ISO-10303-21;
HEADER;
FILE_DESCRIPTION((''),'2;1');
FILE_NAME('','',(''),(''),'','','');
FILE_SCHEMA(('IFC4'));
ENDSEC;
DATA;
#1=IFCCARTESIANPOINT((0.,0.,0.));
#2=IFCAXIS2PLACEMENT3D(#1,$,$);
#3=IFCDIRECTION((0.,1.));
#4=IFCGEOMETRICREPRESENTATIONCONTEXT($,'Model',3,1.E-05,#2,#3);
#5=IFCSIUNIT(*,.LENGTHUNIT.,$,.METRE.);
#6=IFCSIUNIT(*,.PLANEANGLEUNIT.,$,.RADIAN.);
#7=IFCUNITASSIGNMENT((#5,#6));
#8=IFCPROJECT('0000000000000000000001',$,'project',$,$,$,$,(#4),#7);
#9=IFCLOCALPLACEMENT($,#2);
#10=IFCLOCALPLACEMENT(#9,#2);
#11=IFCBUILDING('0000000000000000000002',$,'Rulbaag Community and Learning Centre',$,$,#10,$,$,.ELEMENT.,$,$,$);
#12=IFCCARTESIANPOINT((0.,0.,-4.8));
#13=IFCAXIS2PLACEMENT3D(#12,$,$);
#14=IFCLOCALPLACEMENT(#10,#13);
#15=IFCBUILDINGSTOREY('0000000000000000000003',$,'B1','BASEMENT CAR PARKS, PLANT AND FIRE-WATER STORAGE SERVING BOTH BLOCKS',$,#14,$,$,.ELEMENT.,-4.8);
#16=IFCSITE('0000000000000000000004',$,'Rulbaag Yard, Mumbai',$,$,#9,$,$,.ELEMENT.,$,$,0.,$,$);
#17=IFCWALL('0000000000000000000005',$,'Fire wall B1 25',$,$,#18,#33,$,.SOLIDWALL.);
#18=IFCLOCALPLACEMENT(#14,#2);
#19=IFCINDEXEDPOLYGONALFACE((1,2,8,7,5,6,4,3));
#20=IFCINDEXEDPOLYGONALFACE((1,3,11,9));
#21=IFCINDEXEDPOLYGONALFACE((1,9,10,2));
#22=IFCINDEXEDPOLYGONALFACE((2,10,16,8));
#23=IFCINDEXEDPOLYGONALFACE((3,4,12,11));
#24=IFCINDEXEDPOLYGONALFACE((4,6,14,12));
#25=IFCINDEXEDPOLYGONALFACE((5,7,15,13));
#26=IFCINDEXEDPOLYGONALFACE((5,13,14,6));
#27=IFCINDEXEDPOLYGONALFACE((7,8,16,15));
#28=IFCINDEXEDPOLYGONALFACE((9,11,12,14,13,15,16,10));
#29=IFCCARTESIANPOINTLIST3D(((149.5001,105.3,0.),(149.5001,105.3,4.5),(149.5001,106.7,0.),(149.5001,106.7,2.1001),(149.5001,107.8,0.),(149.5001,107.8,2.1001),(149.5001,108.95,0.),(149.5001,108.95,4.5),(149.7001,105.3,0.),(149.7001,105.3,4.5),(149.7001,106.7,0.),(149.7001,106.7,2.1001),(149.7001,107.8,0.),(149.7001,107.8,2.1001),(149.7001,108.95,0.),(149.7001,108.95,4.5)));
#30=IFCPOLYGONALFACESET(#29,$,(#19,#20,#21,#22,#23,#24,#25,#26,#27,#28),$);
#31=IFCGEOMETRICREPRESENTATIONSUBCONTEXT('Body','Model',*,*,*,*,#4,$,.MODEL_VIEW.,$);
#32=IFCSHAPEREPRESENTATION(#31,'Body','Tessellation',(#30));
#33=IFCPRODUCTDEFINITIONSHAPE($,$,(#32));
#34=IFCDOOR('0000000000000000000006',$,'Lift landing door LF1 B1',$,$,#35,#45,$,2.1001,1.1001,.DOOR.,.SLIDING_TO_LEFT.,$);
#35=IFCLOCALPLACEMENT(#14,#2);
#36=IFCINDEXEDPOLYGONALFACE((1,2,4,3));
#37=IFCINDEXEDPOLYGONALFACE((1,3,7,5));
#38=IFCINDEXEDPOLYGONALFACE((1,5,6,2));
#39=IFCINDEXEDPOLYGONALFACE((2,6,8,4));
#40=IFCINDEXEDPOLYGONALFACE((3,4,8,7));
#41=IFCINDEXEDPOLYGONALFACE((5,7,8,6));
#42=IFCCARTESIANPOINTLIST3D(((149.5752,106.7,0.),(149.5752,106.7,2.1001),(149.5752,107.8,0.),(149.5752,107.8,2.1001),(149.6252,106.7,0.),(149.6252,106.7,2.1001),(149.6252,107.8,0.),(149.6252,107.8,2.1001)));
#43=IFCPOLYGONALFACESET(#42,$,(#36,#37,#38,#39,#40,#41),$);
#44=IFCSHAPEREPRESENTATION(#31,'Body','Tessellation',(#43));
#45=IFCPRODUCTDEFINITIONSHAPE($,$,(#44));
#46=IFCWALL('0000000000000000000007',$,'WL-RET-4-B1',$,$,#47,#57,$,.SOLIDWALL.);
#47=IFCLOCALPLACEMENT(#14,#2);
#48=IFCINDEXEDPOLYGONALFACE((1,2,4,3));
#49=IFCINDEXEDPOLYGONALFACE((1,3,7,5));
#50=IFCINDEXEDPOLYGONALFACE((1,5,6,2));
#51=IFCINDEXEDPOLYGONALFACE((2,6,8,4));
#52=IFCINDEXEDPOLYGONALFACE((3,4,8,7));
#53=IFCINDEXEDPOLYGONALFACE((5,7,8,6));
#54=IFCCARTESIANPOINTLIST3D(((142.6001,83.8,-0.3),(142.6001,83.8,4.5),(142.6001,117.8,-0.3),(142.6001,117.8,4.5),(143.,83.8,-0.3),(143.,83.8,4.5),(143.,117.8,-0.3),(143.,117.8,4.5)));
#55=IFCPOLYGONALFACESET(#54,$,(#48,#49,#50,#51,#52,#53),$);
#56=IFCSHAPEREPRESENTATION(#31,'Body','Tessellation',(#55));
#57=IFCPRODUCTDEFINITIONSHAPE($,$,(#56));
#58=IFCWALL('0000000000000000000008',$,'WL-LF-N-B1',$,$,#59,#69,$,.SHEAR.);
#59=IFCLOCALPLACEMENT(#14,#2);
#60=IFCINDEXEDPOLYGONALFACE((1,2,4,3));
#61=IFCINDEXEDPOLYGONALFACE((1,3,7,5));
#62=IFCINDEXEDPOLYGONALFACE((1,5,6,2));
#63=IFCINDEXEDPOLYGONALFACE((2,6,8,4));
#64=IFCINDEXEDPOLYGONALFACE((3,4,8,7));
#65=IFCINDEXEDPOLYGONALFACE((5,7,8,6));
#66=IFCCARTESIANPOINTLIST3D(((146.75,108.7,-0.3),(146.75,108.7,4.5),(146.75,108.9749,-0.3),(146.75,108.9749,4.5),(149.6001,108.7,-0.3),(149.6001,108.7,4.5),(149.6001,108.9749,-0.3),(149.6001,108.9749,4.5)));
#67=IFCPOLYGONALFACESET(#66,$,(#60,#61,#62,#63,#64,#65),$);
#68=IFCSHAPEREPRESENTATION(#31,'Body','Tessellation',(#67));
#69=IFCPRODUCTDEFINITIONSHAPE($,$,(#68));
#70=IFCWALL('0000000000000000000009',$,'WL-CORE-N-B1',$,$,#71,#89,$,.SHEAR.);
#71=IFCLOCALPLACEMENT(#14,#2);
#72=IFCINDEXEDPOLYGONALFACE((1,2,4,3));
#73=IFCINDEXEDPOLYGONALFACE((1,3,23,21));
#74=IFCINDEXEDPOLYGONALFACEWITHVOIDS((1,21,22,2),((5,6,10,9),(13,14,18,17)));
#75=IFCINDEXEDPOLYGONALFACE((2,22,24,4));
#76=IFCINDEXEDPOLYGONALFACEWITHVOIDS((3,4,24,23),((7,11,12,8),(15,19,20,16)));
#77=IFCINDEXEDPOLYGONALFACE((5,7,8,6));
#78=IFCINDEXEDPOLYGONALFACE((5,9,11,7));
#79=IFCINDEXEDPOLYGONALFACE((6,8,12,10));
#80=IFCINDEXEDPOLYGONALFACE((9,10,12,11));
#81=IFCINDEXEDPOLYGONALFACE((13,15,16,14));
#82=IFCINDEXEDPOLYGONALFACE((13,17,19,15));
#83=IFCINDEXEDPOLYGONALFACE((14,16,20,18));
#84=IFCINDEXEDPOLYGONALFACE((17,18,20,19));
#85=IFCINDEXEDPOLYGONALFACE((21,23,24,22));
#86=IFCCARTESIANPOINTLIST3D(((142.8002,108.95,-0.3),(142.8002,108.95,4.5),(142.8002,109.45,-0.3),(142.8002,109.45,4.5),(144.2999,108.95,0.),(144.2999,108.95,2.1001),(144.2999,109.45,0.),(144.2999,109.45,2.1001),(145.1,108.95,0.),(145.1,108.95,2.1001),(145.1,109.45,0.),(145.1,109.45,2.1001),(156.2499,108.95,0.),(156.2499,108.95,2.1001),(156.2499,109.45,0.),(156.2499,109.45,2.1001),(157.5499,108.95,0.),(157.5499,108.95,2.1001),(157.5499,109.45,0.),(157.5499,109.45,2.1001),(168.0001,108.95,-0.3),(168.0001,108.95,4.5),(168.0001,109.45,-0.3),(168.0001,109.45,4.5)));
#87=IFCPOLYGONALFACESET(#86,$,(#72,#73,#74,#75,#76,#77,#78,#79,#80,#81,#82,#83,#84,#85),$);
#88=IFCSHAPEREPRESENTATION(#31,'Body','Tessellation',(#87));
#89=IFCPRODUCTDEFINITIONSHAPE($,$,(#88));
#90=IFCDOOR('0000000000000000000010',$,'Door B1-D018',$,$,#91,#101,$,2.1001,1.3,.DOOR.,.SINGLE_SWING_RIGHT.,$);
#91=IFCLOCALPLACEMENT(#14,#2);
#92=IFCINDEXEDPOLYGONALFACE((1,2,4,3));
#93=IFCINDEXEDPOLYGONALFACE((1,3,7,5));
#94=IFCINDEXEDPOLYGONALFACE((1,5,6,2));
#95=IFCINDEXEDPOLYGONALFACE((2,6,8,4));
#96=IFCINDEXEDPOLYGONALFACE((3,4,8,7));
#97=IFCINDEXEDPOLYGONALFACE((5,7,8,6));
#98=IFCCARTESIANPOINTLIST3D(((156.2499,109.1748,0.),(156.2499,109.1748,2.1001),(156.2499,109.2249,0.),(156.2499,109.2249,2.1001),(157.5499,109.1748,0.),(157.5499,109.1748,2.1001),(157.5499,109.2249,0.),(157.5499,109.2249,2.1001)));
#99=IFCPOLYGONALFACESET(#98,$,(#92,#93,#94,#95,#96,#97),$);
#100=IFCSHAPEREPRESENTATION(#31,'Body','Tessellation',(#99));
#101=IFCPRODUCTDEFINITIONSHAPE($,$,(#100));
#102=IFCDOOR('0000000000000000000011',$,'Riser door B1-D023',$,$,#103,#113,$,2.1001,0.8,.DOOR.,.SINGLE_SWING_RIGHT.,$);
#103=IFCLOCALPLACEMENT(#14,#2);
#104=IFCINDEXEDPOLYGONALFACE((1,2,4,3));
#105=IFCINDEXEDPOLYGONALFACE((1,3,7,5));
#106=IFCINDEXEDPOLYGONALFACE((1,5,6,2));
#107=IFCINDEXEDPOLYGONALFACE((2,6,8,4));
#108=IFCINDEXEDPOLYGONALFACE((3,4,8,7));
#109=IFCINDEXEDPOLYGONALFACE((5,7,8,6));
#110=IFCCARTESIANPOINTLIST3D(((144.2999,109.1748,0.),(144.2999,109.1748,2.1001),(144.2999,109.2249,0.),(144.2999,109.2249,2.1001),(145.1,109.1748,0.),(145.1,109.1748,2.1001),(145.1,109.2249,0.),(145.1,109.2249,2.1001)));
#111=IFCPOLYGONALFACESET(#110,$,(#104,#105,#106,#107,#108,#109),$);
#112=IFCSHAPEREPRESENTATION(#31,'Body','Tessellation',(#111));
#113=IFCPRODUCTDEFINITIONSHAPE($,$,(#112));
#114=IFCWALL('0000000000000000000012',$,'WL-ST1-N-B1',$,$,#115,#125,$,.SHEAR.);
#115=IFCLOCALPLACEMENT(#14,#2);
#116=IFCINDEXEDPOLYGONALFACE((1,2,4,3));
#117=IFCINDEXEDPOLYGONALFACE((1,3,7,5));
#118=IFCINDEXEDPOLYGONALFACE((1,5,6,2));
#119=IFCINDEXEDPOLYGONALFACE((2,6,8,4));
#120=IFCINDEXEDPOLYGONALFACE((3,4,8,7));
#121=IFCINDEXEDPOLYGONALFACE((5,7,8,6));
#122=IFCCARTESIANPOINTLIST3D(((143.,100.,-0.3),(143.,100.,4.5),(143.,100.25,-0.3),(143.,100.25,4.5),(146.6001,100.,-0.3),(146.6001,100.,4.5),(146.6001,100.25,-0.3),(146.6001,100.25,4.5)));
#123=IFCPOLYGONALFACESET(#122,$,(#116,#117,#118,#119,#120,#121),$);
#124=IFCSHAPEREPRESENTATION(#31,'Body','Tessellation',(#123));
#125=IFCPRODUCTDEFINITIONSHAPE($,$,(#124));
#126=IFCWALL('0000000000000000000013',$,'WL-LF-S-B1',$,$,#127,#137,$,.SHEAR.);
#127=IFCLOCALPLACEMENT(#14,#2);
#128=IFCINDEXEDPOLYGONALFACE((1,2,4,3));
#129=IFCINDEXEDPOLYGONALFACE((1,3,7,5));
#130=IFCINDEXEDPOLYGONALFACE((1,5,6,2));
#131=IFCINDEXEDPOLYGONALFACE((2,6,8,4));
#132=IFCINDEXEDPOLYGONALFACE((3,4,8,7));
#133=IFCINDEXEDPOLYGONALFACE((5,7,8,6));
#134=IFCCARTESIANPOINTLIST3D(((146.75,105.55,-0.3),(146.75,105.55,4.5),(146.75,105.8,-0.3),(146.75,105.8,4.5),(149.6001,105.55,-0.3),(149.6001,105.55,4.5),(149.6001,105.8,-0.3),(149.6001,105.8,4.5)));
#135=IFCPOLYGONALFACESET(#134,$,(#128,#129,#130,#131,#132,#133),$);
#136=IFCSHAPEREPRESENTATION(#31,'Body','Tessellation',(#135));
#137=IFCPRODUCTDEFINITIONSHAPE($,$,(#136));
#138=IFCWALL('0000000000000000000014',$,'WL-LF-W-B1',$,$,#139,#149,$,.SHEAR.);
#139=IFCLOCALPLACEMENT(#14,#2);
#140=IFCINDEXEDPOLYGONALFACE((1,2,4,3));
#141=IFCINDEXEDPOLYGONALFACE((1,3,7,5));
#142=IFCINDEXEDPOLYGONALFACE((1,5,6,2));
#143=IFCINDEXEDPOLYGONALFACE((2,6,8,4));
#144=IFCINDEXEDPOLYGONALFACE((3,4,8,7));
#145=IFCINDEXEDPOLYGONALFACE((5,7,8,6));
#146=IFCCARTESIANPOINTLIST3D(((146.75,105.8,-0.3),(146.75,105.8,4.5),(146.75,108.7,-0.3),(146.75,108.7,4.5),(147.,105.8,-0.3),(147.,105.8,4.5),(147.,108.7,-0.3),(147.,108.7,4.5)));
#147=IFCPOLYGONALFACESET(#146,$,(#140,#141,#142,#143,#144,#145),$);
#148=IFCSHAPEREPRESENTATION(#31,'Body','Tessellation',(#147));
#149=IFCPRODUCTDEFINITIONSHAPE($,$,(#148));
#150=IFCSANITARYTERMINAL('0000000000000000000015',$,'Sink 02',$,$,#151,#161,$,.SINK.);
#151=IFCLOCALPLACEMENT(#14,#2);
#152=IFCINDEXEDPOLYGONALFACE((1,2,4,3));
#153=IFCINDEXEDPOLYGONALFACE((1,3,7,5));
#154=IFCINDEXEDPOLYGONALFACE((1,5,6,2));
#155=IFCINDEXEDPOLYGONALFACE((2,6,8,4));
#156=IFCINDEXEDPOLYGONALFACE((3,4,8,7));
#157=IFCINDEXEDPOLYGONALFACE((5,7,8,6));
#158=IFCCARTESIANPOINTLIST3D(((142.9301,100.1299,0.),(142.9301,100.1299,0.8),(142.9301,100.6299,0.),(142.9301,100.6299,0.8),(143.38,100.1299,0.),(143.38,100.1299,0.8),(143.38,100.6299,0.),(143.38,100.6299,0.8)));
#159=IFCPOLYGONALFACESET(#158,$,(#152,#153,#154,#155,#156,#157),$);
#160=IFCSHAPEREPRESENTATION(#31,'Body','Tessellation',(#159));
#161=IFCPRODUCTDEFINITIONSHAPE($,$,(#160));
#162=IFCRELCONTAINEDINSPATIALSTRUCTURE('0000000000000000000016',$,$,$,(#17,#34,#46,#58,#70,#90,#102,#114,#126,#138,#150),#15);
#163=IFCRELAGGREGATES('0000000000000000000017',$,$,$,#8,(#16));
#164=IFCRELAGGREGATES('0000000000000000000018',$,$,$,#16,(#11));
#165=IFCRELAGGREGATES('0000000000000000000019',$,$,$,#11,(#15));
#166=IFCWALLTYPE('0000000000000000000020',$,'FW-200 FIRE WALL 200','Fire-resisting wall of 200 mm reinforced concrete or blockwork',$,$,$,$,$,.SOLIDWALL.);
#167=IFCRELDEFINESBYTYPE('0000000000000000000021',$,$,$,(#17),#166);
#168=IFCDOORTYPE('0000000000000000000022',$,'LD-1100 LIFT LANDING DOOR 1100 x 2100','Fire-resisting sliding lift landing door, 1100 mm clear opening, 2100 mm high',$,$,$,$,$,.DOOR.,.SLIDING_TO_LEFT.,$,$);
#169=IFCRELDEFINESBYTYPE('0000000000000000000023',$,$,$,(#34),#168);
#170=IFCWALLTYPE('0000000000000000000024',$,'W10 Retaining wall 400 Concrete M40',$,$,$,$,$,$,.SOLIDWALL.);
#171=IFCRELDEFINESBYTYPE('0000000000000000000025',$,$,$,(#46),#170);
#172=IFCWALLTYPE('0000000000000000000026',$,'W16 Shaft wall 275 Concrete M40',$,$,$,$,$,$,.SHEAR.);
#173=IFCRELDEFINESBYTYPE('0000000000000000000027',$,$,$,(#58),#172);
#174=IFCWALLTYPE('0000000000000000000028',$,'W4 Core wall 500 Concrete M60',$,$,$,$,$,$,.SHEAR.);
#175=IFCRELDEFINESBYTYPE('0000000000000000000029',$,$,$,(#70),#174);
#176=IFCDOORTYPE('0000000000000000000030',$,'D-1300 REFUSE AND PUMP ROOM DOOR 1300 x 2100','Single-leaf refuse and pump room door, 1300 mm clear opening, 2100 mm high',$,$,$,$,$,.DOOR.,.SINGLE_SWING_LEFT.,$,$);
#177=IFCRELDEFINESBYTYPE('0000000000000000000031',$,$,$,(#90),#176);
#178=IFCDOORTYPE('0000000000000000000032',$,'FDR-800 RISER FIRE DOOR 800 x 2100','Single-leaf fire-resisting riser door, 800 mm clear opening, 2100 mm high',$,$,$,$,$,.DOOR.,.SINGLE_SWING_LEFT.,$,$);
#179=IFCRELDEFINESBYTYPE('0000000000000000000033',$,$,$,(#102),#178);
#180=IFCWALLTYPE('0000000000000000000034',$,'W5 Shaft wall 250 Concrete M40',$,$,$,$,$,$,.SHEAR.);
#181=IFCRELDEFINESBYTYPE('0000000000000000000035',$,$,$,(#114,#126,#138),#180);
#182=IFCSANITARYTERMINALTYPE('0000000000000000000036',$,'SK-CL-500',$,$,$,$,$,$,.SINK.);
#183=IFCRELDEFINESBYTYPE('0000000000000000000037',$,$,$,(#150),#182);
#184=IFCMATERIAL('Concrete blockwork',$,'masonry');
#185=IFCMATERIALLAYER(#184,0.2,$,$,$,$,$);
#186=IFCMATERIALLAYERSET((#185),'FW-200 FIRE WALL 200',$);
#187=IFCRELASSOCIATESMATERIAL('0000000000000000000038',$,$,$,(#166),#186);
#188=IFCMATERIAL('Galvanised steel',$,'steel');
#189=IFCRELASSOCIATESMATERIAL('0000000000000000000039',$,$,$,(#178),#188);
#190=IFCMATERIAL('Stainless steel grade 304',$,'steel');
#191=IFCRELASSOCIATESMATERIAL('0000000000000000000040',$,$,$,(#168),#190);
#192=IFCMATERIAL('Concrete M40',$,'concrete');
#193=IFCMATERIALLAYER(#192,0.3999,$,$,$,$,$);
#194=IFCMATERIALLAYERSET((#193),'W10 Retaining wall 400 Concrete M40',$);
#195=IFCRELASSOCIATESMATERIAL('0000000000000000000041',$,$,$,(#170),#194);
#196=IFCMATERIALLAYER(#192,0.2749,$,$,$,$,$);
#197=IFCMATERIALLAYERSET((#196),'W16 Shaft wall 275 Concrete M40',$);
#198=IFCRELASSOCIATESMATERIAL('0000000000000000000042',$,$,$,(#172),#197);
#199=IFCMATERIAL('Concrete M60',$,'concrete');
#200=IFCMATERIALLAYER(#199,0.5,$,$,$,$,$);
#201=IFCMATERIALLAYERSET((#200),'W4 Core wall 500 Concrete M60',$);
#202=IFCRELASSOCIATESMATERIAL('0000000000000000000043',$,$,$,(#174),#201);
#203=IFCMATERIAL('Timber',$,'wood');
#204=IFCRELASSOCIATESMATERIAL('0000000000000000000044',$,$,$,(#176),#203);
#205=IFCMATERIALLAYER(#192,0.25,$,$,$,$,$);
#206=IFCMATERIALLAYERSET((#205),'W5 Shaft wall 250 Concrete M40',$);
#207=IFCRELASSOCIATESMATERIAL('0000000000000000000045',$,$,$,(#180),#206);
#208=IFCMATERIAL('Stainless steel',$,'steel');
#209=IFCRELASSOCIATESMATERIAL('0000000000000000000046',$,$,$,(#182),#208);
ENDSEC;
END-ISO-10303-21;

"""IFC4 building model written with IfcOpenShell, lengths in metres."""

from ifc_helpers import new_model, si_unit, direction, frame, frame_2d, origin, origin_2d, place, context, subcontext, project, spatial, rectangle, extrude, material, layer, layer_set, type_object, element, fill, save


model = new_model("IFC4")

# Units and contexts
model_context = context("Model", 3, precision=1e-05, world=origin(), true_north=direction((0.0, 1.0)))
body_context = subcontext(model_context, "Body", "Model", "MODEL_VIEW")
ifc_project = project(units=[si_unit("LENGTHUNIT", "METRE"), si_unit("PLANEANGLEUNIT", "RADIAN")], contexts=[model_context])

# Site, building, storey
site_placement = place(None, origin())
site = spatial("IfcSite", under=ifc_project, at=site_placement, Name="Rulbaag Yard, Mumbai", CompositionType="ELEMENT", RefElevation=0.0)
building_placement = place(site_placement, origin())
building = spatial("IfcBuilding", under=site, at=building_placement, Name="Rulbaag Community and Learning Centre", CompositionType="ELEMENT")
storey_placement = place(building_placement, frame((0.0, 0.0, -4.8)))
storey = spatial("IfcBuildingStorey", under=building, at=storey_placement, Name="B1", Description="BASEMENT CAR PARKS, PLANT AND FIRE-WATER STORAGE SERVING BOTH BLOCKS", CompositionType="ELEMENT", Elevation=-4.8)

# Shared definitions
ifc_material_1 = material(Name="Concrete M60", Category="concrete")

# Shared definitions
ifc_material_2 = material(Name="Concrete M40", Category="concrete")

# Shared definitions
ifc_material_3 = material(Name="Concrete blockwork", Category="masonry")
ifc_layer_1 = layer(ifc_material_3, 0.2)
ifc_layer_set_1 = layer_set([ifc_layer_1], Name="FW-200 FIRE WALL 200")
wall_type_1 = type_object("IfcWallType", Name="FW-200 FIRE WALL 200", Description="Fire-resisting wall of 200 mm reinforced concrete or blockwork", PredefinedType="SOLIDWALL", material=ifc_layer_set_1)

# Shared definitions
ifc_material_4 = material(Name="Galvanised steel", Category="steel")
door_type_1 = type_object("IfcDoorType", Name="FDR-800 RISER FIRE DOOR 800 x 2100", Description="Single-leaf fire-resisting riser door, 800 mm clear opening, 2100 mm high", OperationType="SINGLE_SWING_LEFT", PredefinedType="DOOR", material=ifc_material_4)

# Wall, opening, door
wall_1_placement = place(storey_placement, frame((149.6001, 105.3, 0.0), z_axis=(0.0, 0.0, 1.0), x_axis=(0.0, 1.0, 0.0)))
wall_1 = element("IfcWall", 1, at=wall_1_placement, inside=storey, type_object=wall_type_1, Name="Fire wall B1 25", PredefinedType="SOLIDWALL", context=body_context, shape_type="SweptSolid", body=[
    extrude(rectangle(XDim=3.6499, YDim=0.2, at=frame_2d((1.825, 0.0))), origin(), (0.0, 0.0, 1.0), 4.5),
])
opening_1_placement = place(wall_1_placement, frame((1.3999, 0.0, 0.0)))
opening_1 = element("IfcOpeningElement", 2, at=opening_1_placement, cuts=wall_1, PredefinedType="OPENING", context=body_context, shape_type="SweptSolid", body=[
    extrude(rectangle(XDim=1.1001, YDim=2.1001, at=frame_2d((0.55, 1.05))), frame((0.0, 0.1099, 0.0), z_axis=(0.0, -1.0, 0.0), x_axis=(1.0, 0.0, 0.0)), (0.0, 0.0, 1.0), 0.22),
])
ifc_material_5 = material(Name="Stainless steel grade 304", Category="steel")
door_type_2 = type_object("IfcDoorType", Name="LD-1100 LIFT LANDING DOOR 1100 x 2100", Description="Fire-resisting sliding lift landing door, 1100 mm clear opening, 2100 mm high", OperationType="SLIDING_TO_LEFT", PredefinedType="DOOR", material=ifc_material_5)
door_1_placement = place(opening_1_placement, origin())
door_1 = element("IfcDoor", 3, at=door_1_placement, inside=storey, type_object=door_type_2, Name="Lift landing door LF1 B1", OperationType="SLIDING_TO_LEFT", OverallHeight=2.1001, OverallWidth=1.1001, PredefinedType="DOOR", context=body_context, shape_type="SweptSolid", body=[
    extrude(rectangle(XDim=1.1001, YDim=2.1001, at=frame_2d((0.55, 1.05))), frame((0.0, 0.0249, 0.0), z_axis=(0.0, -1.0, 0.0), x_axis=(1.0, 0.0, 0.0)), (0.0, 0.0, 1.0), 0.05),
])
fill(opening_1, door_1)

# Walls
ifc_layer_2 = layer(ifc_material_2, 0.3999)
ifc_layer_set_2 = layer_set([ifc_layer_2], Name="W10 Retaining wall 400 Concrete M40")
wall_type_2 = type_object("IfcWallType", Name="W10 Retaining wall 400 Concrete M40", PredefinedType="SOLIDWALL", material=ifc_layer_set_2)
wall_2_placement = place(storey_placement, frame((142.8, 117.8, -0.3), z_axis=(0.0, 0.0, 1.0), x_axis=(0.0, -1.0, 0.0)))
element("IfcWall", 4, at=wall_2_placement, inside=storey, type_object=wall_type_2, Name="WL-RET-4-B1", PredefinedType="SOLIDWALL", context=body_context, shape_type="SweptSolid", body=[
    extrude(rectangle(XDim=34.0, YDim=0.3999, at=frame_2d((17.0, 0.0))), origin(), (0.0, 0.0, 1.0), 4.8),
])
ifc_layer_3 = layer(ifc_material_2, 0.2749)
ifc_layer_set_3 = layer_set([ifc_layer_3], Name="W16 Shaft wall 275 Concrete M40")
wall_type_3 = type_object("IfcWallType", Name="W16 Shaft wall 275 Concrete M40", PredefinedType="SHEAR", material=ifc_layer_set_3)
wall_3_placement = place(storey_placement, frame((146.75, 108.8374, -0.3), z_axis=(0.0, 0.0, 1.0), x_axis=(1.0, 0.0, 0.0)))
element("IfcWall", 5, at=wall_3_placement, inside=storey, type_object=wall_type_3, Name="WL-LF-N-B1", PredefinedType="SHEAR", context=body_context, shape_type="SweptSolid", body=[
    extrude(rectangle(XDim=2.8501, YDim=0.2749, at=frame_2d((1.425, 0.0))), origin(), (0.0, 0.0, 1.0), 4.8),
])

# Wall, openings, doors
ifc_layer_4 = layer(ifc_material_1, 0.5)
ifc_layer_set_4 = layer_set([ifc_layer_4], Name="W4 Core wall 500 Concrete M60")
wall_type_4 = type_object("IfcWallType", Name="W4 Core wall 500 Concrete M60", PredefinedType="SHEAR", material=ifc_layer_set_4)
wall_4_placement = place(storey_placement, frame((142.8, 109.2, -0.3), z_axis=(0.0, 0.0, 1.0), x_axis=(1.0, 0.0, 0.0)))
wall_4 = element("IfcWall", 6, at=wall_4_placement, inside=storey, type_object=wall_type_4, Name="WL-CORE-N-B1", PredefinedType="SHEAR", context=body_context, shape_type="SweptSolid", body=[
    extrude(rectangle(XDim=25.2, YDim=0.5, at=frame_2d((12.6001, 0.0))), origin(), (0.0, 0.0, 1.0), 4.8),
])
opening_2_placement = place(wall_4_placement, frame((13.45, 0.0, 0.3)))
opening_2 = element("IfcOpeningElement", 7, at=opening_2_placement, cuts=wall_4, PredefinedType="OPENING", context=body_context, shape_type="SweptSolid", body=[
    extrude(rectangle(XDim=1.3, YDim=2.1001, at=frame_2d((0.6499, 1.05))), frame((0.0, 0.26, 0.0), z_axis=(0.0, -1.0, 0.0), x_axis=(1.0, 0.0, 0.0)), (0.0, 0.0, 1.0), 0.52),
])
opening_3_placement = place(wall_4_placement, frame((1.5, 0.0, 0.3)))
opening_3 = element("IfcOpeningElement", 8, at=opening_3_placement, cuts=wall_4, PredefinedType="OPENING", context=body_context, shape_type="SweptSolid", body=[
    extrude(rectangle(XDim=0.8, YDim=2.1001, at=frame_2d((0.3999, 1.05))), frame((0.0, 0.26, 0.0), z_axis=(0.0, -1.0, 0.0), x_axis=(1.0, 0.0, 0.0)), (0.0, 0.0, 1.0), 0.52),
])
ifc_material_6 = material(Name="Timber", Category="wood")
door_type_3 = type_object("IfcDoorType", Name="D-1300 REFUSE AND PUMP ROOM DOOR 1300 x 2100", Description="Single-leaf refuse and pump room door, 1300 mm clear opening, 2100 mm high", OperationType="SINGLE_SWING_LEFT", PredefinedType="DOOR", material=ifc_material_6)
door_2_placement = place(opening_2_placement, origin())
door_2 = element("IfcDoor", 9, at=door_2_placement, inside=storey, type_object=door_type_3, Name="Door B1-D018", OperationType="SINGLE_SWING_RIGHT", OverallHeight=2.1001, OverallWidth=1.3, PredefinedType="DOOR", context=body_context, shape_type="SweptSolid", body=[
    extrude(rectangle(XDim=1.3, YDim=2.1001, at=frame_2d((0.6499, 1.05))), frame((0.0, 0.0249, 0.0), z_axis=(0.0, -1.0, 0.0), x_axis=(1.0, 0.0, 0.0)), (0.0, 0.0, 1.0), 0.05),
])
fill(opening_2, door_2)
door_3_placement = place(opening_3_placement, origin())
door_3 = element("IfcDoor", 10, at=door_3_placement, inside=storey, type_object=door_type_1, Name="Riser door B1-D023", OperationType="SINGLE_SWING_RIGHT", OverallHeight=2.1001, OverallWidth=0.8, PredefinedType="DOOR", context=body_context, shape_type="SweptSolid", body=[
    extrude(rectangle(XDim=0.8, YDim=2.1001, at=frame_2d((0.3999, 1.05))), frame((0.0, 0.0249, 0.0), z_axis=(0.0, -1.0, 0.0), x_axis=(1.0, 0.0, 0.0)), (0.0, 0.0, 1.0), 0.05),
])
fill(opening_3, door_3)

# Walls
ifc_layer_5 = layer(ifc_material_2, 0.25)
ifc_layer_set_5 = layer_set([ifc_layer_5], Name="W5 Shaft wall 250 Concrete M40")
wall_type_5 = type_object("IfcWallType", Name="W5 Shaft wall 250 Concrete M40", PredefinedType="SHEAR", material=ifc_layer_set_5)
wall_5_placement = place(storey_placement, frame((143.0, 100.125, -0.3), z_axis=(0.0, 0.0, 1.0), x_axis=(1.0, 0.0, 0.0)))
element("IfcWall", 11, at=wall_5_placement, inside=storey, type_object=wall_type_5, Name="WL-ST1-N-B1", PredefinedType="SHEAR", context=body_context, shape_type="SweptSolid", body=[
    extrude(rectangle(XDim=3.6001, YDim=0.25, at=frame_2d((1.8, 0.0))), origin(), (0.0, 0.0, 1.0), 4.8),
])
wall_6_placement = place(storey_placement, frame((146.75, 105.675, -0.3), z_axis=(0.0, 0.0, 1.0), x_axis=(1.0, 0.0, 0.0)))
element("IfcWall", 12, at=wall_6_placement, inside=storey, type_object=wall_type_5, Name="WL-LF-S-B1", PredefinedType="SHEAR", context=body_context, shape_type="SweptSolid", body=[
    extrude(rectangle(XDim=2.8501, YDim=0.25, at=frame_2d((1.425, 0.0))), origin(), (0.0, 0.0, 1.0), 4.8),
])
wall_7_placement = place(storey_placement, frame((146.875, 105.8, -0.3), z_axis=(0.0, 0.0, 1.0), x_axis=(0.0, 1.0, 0.0)))
element("IfcWall", 13, at=wall_7_placement, inside=storey, type_object=wall_type_5, Name="WL-LF-W-B1", PredefinedType="SHEAR", context=body_context, shape_type="SweptSolid", body=[
    extrude(rectangle(XDim=2.8999, YDim=0.25, at=frame_2d((1.45, 0.0))), origin(), (0.0, 0.0, 1.0), 4.8),
])

# Sanitary terminal
ifc_material_7 = material(Name="Stainless steel", Category="steel")
sanitary_terminal_type = type_object("IfcSanitaryTerminalType", Name="SK-CL-500", PredefinedType="SINK", material=ifc_material_7)
sanitary_terminal_placement = place(storey_placement, frame((143.155, 100.3799, 0.0), z_axis=(0.0, 0.0, 1.0), x_axis=(1.0, 0.0, 0.0)))
element("IfcSanitaryTerminal", 14, at=sanitary_terminal_placement, inside=storey, type_object=sanitary_terminal_type, Name="Sink 02", PredefinedType="SINK", context=body_context, shape_type="SweptSolid", body=[
    extrude(rectangle(XDim=0.45, YDim=0.5, at=origin_2d()), origin(), (0.0, 0.0, 1.0), 0.8),
])

save(model, "model.ifc")
